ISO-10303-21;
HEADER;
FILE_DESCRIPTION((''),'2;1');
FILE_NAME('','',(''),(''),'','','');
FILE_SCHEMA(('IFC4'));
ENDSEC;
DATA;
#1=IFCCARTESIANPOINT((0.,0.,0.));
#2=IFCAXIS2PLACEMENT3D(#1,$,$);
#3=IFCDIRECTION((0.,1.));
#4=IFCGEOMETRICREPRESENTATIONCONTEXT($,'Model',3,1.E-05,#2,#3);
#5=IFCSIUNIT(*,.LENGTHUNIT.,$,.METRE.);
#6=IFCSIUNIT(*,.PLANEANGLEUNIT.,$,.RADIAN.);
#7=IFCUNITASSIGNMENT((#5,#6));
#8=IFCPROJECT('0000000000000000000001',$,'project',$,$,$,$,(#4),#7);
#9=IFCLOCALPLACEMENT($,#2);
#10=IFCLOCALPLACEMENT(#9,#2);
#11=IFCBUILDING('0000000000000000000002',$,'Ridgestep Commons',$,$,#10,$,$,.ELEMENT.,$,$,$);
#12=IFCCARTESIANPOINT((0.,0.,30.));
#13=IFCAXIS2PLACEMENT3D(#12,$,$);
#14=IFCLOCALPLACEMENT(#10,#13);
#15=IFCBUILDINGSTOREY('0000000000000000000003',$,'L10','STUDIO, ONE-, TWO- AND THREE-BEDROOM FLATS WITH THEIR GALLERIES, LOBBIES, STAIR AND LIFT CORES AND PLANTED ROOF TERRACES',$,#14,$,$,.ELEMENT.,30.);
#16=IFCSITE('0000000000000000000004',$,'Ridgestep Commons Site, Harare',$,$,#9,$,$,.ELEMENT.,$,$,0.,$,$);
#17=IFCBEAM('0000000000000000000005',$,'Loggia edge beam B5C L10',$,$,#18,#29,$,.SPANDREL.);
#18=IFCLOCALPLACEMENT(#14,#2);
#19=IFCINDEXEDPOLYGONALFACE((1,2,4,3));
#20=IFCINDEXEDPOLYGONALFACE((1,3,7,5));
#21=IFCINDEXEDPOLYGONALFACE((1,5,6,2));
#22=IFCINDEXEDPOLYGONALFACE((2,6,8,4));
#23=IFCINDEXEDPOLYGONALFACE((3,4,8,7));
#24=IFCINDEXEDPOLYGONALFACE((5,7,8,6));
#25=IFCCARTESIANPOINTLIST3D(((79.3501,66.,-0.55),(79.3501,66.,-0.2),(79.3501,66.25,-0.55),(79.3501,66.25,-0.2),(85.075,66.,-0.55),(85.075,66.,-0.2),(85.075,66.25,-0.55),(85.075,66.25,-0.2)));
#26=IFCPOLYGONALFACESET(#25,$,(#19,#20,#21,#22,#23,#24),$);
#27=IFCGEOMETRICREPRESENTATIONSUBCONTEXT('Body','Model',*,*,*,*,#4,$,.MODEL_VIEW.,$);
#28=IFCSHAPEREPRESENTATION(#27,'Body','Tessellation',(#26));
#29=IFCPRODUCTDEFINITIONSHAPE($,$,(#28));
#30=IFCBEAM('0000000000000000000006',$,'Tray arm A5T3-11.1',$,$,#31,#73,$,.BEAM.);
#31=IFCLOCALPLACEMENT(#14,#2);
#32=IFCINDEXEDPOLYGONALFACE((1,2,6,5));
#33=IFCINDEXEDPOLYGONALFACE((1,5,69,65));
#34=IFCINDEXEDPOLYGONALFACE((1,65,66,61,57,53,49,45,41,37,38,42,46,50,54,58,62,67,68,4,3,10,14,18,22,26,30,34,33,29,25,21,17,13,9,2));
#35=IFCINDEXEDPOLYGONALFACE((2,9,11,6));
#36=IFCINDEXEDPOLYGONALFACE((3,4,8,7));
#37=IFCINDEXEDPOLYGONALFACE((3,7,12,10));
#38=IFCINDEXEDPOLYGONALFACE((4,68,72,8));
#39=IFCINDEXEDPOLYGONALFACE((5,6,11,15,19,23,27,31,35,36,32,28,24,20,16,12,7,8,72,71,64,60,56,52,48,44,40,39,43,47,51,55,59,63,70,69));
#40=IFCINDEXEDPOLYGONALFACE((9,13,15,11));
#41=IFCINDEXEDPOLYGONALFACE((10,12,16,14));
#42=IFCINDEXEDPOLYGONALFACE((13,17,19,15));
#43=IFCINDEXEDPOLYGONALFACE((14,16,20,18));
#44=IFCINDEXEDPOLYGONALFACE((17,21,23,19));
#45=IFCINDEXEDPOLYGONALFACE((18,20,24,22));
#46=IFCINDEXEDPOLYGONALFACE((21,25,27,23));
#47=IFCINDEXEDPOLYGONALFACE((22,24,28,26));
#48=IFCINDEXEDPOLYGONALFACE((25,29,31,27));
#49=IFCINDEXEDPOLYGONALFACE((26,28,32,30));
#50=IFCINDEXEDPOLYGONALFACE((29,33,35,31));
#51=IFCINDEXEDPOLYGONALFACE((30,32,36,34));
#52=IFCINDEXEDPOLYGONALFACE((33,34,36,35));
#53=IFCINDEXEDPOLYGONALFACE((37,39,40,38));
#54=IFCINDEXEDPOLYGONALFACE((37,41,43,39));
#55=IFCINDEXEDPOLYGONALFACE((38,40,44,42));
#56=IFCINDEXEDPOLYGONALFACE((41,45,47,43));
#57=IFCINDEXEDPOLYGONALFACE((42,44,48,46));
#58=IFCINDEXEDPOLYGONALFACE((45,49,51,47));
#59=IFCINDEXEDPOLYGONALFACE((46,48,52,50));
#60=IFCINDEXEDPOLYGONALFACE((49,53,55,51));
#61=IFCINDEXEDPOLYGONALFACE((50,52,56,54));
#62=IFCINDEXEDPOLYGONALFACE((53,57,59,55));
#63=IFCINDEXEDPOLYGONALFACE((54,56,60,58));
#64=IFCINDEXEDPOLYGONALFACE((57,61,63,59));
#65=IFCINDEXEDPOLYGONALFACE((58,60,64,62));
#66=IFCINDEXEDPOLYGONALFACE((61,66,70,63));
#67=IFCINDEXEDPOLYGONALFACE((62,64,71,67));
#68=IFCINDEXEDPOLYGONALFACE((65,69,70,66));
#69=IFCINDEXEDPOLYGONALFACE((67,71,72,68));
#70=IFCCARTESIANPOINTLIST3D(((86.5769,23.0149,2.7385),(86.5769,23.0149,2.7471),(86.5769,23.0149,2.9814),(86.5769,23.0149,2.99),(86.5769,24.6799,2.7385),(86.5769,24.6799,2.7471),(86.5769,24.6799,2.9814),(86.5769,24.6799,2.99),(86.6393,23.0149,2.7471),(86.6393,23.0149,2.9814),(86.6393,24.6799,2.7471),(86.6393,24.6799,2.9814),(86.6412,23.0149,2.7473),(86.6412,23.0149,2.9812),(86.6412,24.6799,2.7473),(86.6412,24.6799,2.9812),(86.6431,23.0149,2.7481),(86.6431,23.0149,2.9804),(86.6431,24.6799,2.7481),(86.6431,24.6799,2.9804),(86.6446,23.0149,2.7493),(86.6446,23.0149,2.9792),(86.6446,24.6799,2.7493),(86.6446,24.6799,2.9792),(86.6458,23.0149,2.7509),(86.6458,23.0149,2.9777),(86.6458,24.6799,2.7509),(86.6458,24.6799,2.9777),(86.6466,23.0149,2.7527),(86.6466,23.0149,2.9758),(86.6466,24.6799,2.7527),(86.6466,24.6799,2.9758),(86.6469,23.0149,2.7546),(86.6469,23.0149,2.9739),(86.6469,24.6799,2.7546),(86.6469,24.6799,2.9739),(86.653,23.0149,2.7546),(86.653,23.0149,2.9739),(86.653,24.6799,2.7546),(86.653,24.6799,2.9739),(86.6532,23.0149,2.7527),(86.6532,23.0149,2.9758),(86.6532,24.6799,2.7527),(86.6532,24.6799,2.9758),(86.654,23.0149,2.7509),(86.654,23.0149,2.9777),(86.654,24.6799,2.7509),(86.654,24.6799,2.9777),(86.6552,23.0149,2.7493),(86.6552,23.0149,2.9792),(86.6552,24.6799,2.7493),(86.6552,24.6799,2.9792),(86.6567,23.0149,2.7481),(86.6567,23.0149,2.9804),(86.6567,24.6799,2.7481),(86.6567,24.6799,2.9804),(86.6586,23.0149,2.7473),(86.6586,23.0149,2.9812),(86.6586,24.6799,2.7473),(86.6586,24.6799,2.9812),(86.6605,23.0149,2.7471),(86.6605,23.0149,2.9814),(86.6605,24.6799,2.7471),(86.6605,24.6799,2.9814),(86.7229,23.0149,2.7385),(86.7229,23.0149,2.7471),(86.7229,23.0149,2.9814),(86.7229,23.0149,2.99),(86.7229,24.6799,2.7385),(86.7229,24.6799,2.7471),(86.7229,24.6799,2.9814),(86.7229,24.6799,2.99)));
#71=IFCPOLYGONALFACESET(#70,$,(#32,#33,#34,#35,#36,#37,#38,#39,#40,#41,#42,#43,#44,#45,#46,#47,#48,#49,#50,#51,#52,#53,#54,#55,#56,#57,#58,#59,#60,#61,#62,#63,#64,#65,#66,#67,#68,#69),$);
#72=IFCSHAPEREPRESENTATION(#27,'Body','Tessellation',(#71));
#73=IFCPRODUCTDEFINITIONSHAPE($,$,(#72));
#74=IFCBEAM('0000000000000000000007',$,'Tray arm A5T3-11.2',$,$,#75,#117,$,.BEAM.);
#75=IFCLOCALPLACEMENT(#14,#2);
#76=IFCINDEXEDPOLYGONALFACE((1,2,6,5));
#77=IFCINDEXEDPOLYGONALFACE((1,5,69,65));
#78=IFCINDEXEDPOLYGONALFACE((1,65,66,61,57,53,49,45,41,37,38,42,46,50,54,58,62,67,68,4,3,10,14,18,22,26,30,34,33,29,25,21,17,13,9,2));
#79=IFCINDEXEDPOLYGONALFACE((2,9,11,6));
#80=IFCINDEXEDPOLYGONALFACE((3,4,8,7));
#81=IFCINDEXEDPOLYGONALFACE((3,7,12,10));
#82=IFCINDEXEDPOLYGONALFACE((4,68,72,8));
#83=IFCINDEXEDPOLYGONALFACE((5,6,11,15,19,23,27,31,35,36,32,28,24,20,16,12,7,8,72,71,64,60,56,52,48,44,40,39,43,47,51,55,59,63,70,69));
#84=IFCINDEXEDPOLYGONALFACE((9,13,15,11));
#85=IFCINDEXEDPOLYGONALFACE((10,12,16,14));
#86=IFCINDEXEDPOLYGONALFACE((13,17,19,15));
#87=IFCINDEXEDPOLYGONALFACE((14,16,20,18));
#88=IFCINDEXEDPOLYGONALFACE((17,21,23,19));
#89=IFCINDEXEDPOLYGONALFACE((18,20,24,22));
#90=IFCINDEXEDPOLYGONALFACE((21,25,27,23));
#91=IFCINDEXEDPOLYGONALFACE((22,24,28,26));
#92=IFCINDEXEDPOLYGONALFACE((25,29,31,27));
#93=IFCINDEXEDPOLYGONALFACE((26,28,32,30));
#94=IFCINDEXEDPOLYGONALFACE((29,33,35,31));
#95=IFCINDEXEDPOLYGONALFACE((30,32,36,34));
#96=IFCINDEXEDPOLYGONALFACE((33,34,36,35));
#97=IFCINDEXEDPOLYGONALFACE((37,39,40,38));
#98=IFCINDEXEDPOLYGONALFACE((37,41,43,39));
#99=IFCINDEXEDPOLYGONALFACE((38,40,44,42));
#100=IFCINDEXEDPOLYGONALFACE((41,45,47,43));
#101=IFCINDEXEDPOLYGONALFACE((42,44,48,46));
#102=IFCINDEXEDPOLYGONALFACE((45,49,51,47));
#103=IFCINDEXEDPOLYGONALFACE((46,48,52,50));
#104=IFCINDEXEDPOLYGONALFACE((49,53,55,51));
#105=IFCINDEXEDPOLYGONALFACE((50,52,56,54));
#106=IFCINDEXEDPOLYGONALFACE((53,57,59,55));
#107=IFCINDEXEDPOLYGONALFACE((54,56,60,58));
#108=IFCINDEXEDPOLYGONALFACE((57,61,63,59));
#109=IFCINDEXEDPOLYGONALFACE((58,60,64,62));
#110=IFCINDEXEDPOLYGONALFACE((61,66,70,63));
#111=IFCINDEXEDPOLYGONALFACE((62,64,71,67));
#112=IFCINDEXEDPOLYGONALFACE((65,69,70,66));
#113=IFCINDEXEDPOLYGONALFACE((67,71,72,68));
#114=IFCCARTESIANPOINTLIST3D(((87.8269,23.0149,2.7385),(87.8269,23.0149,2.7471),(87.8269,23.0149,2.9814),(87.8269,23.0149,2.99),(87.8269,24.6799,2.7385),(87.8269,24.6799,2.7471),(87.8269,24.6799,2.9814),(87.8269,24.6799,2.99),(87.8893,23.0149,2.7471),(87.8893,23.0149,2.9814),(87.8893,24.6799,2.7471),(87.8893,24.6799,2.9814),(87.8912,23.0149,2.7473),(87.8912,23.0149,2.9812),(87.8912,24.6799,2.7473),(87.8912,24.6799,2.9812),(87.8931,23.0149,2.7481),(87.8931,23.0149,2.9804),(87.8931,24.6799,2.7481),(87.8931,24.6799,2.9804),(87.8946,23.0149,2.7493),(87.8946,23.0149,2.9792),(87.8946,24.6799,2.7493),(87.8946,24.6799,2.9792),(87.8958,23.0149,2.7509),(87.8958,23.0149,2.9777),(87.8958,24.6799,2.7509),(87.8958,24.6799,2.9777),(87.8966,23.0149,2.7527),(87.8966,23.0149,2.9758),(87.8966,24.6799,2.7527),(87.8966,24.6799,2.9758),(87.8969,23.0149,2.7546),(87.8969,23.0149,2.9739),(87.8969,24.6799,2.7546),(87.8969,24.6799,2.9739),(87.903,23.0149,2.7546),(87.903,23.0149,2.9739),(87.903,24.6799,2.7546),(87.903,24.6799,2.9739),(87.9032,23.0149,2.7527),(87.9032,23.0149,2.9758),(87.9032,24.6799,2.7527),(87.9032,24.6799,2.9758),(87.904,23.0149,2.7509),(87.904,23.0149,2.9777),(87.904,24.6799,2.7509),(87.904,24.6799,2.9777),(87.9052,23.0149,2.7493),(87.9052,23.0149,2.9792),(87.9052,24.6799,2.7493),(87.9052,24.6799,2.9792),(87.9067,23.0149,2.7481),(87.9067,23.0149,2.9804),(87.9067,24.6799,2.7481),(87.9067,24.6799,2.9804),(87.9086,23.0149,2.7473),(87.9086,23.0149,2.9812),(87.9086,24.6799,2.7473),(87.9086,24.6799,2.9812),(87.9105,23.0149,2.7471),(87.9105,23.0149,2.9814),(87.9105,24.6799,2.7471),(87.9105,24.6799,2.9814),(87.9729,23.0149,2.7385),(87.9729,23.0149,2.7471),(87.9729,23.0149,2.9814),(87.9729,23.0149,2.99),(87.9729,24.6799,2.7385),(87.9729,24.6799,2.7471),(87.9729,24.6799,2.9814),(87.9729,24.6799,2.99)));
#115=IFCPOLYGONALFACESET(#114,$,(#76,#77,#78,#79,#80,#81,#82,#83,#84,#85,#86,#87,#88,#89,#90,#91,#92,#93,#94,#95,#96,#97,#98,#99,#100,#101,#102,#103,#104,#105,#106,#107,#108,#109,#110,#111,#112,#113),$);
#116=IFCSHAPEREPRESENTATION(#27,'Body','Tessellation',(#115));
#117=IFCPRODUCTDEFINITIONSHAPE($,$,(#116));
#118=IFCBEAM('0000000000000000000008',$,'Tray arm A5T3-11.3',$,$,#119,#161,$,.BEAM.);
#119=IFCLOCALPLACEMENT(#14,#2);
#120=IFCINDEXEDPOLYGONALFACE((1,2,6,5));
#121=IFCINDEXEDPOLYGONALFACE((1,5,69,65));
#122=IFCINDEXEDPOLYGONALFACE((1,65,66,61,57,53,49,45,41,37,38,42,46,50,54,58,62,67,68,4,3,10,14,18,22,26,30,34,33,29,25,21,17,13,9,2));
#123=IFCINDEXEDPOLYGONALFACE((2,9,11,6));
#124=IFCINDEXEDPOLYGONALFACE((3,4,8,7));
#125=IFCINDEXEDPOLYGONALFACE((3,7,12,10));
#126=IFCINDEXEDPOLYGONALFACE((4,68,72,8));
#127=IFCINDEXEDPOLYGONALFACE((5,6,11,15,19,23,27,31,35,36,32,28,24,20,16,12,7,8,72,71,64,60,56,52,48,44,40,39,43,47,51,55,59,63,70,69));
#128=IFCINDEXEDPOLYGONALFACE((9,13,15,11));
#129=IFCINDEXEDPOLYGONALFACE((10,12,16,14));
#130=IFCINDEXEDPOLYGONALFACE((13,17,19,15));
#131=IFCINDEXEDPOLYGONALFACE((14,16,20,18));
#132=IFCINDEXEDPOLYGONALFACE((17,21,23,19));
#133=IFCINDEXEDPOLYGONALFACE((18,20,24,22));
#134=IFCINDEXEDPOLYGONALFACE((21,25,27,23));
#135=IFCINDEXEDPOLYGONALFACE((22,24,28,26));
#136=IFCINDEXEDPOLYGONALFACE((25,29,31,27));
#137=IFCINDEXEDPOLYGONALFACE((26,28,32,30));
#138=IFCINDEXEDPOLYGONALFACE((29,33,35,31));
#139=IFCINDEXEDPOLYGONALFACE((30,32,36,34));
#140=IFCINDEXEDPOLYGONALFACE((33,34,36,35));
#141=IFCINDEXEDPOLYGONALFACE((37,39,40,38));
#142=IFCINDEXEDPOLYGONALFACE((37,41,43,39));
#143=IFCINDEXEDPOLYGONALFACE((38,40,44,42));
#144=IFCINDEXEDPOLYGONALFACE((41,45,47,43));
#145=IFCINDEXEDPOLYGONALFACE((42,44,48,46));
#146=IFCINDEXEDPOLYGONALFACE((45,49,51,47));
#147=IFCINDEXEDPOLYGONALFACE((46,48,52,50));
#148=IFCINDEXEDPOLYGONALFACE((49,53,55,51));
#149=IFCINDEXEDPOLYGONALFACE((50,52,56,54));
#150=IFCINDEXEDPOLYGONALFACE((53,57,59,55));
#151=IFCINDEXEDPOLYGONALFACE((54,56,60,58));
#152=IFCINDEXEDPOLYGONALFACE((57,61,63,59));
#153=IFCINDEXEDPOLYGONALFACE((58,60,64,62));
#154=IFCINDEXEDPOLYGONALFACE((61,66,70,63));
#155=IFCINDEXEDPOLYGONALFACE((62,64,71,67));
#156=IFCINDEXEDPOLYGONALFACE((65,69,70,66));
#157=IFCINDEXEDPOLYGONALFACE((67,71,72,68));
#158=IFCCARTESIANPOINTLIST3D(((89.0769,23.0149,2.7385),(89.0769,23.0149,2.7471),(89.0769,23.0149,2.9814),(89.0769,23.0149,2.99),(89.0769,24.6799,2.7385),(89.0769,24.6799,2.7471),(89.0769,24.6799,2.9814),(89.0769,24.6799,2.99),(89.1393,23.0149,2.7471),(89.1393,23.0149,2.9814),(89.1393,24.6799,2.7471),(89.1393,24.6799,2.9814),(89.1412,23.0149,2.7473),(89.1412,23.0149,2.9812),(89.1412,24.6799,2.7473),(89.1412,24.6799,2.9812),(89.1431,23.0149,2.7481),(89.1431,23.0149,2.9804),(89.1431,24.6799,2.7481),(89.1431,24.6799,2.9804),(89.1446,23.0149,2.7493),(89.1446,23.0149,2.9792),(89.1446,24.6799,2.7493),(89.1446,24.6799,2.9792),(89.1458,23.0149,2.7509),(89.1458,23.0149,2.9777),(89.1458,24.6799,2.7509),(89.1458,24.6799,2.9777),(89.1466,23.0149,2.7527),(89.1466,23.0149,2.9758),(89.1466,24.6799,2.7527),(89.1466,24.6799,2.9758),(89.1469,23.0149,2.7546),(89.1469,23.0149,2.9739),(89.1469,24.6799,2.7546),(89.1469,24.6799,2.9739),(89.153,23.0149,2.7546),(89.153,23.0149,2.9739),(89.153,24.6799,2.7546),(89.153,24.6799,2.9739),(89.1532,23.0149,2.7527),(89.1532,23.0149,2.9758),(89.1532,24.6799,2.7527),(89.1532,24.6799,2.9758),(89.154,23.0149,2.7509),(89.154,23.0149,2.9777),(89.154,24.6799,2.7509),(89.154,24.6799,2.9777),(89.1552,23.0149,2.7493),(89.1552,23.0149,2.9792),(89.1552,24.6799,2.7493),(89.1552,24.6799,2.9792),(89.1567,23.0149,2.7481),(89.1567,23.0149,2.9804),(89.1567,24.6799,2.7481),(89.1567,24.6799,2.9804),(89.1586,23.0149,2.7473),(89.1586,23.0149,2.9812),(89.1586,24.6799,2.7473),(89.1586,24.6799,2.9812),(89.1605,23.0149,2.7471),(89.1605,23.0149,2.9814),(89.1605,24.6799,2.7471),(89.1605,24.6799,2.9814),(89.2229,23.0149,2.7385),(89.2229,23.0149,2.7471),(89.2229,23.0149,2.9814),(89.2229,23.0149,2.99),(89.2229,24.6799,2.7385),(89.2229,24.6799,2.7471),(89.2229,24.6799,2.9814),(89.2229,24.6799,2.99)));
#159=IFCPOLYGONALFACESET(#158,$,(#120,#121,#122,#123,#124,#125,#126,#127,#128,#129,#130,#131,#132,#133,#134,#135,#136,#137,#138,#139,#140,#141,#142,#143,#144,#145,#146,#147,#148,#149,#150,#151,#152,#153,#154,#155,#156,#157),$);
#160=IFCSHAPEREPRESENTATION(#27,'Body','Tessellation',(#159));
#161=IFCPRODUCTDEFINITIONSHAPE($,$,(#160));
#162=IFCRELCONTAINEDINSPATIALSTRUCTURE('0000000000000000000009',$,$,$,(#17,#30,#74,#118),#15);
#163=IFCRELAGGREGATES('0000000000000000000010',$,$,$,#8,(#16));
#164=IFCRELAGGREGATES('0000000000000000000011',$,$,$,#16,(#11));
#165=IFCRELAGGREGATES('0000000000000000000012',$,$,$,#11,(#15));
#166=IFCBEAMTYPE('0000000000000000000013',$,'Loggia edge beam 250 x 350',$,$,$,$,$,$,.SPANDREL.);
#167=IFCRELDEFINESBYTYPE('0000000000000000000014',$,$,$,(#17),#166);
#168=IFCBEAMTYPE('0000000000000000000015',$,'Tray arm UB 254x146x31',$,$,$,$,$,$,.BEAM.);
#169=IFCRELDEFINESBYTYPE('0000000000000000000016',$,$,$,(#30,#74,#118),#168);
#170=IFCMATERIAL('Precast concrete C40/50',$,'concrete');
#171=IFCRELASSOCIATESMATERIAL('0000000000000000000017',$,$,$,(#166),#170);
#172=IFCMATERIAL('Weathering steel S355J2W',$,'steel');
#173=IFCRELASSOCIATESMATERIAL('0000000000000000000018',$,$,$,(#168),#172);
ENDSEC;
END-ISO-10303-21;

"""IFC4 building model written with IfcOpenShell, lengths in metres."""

from ifc_helpers import new_model, si_unit, direction, frame, origin, origin_2d, place, context, subcontext, project, spatial, rectangle, i_section, extrude, material, material_profile, profile_set, type_object, element, save


model = new_model("IFC4")

# Units and contexts
model_context = context("Model", 3, precision=1e-05, world=origin(), true_north=direction((0.0, 1.0)))
body_context = subcontext(model_context, "Body", "Model", "MODEL_VIEW")
ifc_project = project(units=[si_unit("LENGTHUNIT", "METRE"), si_unit("PLANEANGLEUNIT", "RADIAN")], contexts=[model_context])

# Site, building, storey
site_placement = place(None, origin())
site = spatial("IfcSite", under=ifc_project, at=site_placement, Name="Ridgestep Commons Site, Harare", CompositionType="ELEMENT", RefElevation=0.0)
building_placement = place(site_placement, origin())
building = spatial("IfcBuilding", under=site, at=building_placement, Name="Ridgestep Commons", CompositionType="ELEMENT")
storey_placement = place(building_placement, frame((0.0, 0.0, 30.0)))
storey = spatial("IfcBuildingStorey", under=building, at=storey_placement, Name="L10", Description="STUDIO, ONE-, TWO- AND THREE-BEDROOM FLATS WITH THEIR GALLERIES, LOBBIES, STAIR AND LIFT CORES AND PLANTED ROOF TERRACES", CompositionType="ELEMENT", Elevation=30.0)

# Beams
ifc_material_1 = material(Name="Precast concrete C40/50", Category="concrete")
ifc_material_profile_1 = material_profile(ifc_material_1, rectangle(XDim=0.25, YDim=0.3501, at=origin_2d()), Name="PC 250x350")
ifc_profile_set_1 = profile_set([ifc_material_profile_1], Name="Precast concrete C40/50")
beam_type_1 = type_object("IfcBeamType", Name="Loggia edge beam 250 x 350", PredefinedType="SPANDREL", material=ifc_profile_set_1)
beam_1_placement = place(storey_placement, frame((79.3501, 66.125, -0.375), z_axis=(1.0, 0.0, 0.0), x_axis=(0.0, 1.0, 0.0)))
element("IfcBeam", 1, at=beam_1_placement, inside=storey, type_object=beam_type_1, Name="Loggia edge beam B5C L10", PredefinedType="SPANDREL", context=body_context, shape_type="SweptSolid", body=[
    extrude(rectangle(XDim=0.25, YDim=0.3501, at=origin_2d()), origin(), (0.0, 0.0, 1.0), 5.7249),
])
ifc_material_2 = material(Name="Weathering steel S355J2W", Category="steel")
ifc_material_profile_2 = material_profile(ifc_material_2, i_section(OverallWidth=0.146, OverallDepth=0.2515, WebThickness=0.0061, FlangeThickness=0.0085, FilletRadius=0.0076, at=origin_2d()), Name="UB 254x146x31")
ifc_profile_set_2 = profile_set([ifc_material_profile_2], Name="Weathering steel S355J2W")
beam_type_2 = type_object("IfcBeamType", Name="Tray arm UB 254x146x31", PredefinedType="BEAM", material=ifc_profile_set_2)
for number, where, z_axis, x_axis, name in (
    (2, (86.6499, 23.0149, 2.8643), (0.0, 1.0, 0.0), (-1.0, 0.0, 0.0), "Tray arm A5T3-11.1"),
    (3, (87.8999, 23.0149, 2.8643), (0.0, 1.0, 0.0), (-1.0, 0.0, 0.0), "Tray arm A5T3-11.2"),
    (4, (89.1499, 23.0149, 2.8643), (0.0, 1.0, 0.0), (-1.0, 0.0, 0.0), "Tray arm A5T3-11.3"),
):
    element("IfcBeam", number, at=place(storey_placement, frame(where, z_axis=z_axis, x_axis=x_axis)), inside=storey, type_object=beam_type_2, Name=name, PredefinedType="BEAM", context=body_context, shape_type="SweptSolid", body=[
        extrude(i_section(OverallWidth=0.146, OverallDepth=0.2515, WebThickness=0.0061, FlangeThickness=0.0085, FilletRadius=0.0076, at=origin_2d()), origin(), (0.0, 0.0, 1.0), 1.665),
    ])

save(model, "model.ifc")
